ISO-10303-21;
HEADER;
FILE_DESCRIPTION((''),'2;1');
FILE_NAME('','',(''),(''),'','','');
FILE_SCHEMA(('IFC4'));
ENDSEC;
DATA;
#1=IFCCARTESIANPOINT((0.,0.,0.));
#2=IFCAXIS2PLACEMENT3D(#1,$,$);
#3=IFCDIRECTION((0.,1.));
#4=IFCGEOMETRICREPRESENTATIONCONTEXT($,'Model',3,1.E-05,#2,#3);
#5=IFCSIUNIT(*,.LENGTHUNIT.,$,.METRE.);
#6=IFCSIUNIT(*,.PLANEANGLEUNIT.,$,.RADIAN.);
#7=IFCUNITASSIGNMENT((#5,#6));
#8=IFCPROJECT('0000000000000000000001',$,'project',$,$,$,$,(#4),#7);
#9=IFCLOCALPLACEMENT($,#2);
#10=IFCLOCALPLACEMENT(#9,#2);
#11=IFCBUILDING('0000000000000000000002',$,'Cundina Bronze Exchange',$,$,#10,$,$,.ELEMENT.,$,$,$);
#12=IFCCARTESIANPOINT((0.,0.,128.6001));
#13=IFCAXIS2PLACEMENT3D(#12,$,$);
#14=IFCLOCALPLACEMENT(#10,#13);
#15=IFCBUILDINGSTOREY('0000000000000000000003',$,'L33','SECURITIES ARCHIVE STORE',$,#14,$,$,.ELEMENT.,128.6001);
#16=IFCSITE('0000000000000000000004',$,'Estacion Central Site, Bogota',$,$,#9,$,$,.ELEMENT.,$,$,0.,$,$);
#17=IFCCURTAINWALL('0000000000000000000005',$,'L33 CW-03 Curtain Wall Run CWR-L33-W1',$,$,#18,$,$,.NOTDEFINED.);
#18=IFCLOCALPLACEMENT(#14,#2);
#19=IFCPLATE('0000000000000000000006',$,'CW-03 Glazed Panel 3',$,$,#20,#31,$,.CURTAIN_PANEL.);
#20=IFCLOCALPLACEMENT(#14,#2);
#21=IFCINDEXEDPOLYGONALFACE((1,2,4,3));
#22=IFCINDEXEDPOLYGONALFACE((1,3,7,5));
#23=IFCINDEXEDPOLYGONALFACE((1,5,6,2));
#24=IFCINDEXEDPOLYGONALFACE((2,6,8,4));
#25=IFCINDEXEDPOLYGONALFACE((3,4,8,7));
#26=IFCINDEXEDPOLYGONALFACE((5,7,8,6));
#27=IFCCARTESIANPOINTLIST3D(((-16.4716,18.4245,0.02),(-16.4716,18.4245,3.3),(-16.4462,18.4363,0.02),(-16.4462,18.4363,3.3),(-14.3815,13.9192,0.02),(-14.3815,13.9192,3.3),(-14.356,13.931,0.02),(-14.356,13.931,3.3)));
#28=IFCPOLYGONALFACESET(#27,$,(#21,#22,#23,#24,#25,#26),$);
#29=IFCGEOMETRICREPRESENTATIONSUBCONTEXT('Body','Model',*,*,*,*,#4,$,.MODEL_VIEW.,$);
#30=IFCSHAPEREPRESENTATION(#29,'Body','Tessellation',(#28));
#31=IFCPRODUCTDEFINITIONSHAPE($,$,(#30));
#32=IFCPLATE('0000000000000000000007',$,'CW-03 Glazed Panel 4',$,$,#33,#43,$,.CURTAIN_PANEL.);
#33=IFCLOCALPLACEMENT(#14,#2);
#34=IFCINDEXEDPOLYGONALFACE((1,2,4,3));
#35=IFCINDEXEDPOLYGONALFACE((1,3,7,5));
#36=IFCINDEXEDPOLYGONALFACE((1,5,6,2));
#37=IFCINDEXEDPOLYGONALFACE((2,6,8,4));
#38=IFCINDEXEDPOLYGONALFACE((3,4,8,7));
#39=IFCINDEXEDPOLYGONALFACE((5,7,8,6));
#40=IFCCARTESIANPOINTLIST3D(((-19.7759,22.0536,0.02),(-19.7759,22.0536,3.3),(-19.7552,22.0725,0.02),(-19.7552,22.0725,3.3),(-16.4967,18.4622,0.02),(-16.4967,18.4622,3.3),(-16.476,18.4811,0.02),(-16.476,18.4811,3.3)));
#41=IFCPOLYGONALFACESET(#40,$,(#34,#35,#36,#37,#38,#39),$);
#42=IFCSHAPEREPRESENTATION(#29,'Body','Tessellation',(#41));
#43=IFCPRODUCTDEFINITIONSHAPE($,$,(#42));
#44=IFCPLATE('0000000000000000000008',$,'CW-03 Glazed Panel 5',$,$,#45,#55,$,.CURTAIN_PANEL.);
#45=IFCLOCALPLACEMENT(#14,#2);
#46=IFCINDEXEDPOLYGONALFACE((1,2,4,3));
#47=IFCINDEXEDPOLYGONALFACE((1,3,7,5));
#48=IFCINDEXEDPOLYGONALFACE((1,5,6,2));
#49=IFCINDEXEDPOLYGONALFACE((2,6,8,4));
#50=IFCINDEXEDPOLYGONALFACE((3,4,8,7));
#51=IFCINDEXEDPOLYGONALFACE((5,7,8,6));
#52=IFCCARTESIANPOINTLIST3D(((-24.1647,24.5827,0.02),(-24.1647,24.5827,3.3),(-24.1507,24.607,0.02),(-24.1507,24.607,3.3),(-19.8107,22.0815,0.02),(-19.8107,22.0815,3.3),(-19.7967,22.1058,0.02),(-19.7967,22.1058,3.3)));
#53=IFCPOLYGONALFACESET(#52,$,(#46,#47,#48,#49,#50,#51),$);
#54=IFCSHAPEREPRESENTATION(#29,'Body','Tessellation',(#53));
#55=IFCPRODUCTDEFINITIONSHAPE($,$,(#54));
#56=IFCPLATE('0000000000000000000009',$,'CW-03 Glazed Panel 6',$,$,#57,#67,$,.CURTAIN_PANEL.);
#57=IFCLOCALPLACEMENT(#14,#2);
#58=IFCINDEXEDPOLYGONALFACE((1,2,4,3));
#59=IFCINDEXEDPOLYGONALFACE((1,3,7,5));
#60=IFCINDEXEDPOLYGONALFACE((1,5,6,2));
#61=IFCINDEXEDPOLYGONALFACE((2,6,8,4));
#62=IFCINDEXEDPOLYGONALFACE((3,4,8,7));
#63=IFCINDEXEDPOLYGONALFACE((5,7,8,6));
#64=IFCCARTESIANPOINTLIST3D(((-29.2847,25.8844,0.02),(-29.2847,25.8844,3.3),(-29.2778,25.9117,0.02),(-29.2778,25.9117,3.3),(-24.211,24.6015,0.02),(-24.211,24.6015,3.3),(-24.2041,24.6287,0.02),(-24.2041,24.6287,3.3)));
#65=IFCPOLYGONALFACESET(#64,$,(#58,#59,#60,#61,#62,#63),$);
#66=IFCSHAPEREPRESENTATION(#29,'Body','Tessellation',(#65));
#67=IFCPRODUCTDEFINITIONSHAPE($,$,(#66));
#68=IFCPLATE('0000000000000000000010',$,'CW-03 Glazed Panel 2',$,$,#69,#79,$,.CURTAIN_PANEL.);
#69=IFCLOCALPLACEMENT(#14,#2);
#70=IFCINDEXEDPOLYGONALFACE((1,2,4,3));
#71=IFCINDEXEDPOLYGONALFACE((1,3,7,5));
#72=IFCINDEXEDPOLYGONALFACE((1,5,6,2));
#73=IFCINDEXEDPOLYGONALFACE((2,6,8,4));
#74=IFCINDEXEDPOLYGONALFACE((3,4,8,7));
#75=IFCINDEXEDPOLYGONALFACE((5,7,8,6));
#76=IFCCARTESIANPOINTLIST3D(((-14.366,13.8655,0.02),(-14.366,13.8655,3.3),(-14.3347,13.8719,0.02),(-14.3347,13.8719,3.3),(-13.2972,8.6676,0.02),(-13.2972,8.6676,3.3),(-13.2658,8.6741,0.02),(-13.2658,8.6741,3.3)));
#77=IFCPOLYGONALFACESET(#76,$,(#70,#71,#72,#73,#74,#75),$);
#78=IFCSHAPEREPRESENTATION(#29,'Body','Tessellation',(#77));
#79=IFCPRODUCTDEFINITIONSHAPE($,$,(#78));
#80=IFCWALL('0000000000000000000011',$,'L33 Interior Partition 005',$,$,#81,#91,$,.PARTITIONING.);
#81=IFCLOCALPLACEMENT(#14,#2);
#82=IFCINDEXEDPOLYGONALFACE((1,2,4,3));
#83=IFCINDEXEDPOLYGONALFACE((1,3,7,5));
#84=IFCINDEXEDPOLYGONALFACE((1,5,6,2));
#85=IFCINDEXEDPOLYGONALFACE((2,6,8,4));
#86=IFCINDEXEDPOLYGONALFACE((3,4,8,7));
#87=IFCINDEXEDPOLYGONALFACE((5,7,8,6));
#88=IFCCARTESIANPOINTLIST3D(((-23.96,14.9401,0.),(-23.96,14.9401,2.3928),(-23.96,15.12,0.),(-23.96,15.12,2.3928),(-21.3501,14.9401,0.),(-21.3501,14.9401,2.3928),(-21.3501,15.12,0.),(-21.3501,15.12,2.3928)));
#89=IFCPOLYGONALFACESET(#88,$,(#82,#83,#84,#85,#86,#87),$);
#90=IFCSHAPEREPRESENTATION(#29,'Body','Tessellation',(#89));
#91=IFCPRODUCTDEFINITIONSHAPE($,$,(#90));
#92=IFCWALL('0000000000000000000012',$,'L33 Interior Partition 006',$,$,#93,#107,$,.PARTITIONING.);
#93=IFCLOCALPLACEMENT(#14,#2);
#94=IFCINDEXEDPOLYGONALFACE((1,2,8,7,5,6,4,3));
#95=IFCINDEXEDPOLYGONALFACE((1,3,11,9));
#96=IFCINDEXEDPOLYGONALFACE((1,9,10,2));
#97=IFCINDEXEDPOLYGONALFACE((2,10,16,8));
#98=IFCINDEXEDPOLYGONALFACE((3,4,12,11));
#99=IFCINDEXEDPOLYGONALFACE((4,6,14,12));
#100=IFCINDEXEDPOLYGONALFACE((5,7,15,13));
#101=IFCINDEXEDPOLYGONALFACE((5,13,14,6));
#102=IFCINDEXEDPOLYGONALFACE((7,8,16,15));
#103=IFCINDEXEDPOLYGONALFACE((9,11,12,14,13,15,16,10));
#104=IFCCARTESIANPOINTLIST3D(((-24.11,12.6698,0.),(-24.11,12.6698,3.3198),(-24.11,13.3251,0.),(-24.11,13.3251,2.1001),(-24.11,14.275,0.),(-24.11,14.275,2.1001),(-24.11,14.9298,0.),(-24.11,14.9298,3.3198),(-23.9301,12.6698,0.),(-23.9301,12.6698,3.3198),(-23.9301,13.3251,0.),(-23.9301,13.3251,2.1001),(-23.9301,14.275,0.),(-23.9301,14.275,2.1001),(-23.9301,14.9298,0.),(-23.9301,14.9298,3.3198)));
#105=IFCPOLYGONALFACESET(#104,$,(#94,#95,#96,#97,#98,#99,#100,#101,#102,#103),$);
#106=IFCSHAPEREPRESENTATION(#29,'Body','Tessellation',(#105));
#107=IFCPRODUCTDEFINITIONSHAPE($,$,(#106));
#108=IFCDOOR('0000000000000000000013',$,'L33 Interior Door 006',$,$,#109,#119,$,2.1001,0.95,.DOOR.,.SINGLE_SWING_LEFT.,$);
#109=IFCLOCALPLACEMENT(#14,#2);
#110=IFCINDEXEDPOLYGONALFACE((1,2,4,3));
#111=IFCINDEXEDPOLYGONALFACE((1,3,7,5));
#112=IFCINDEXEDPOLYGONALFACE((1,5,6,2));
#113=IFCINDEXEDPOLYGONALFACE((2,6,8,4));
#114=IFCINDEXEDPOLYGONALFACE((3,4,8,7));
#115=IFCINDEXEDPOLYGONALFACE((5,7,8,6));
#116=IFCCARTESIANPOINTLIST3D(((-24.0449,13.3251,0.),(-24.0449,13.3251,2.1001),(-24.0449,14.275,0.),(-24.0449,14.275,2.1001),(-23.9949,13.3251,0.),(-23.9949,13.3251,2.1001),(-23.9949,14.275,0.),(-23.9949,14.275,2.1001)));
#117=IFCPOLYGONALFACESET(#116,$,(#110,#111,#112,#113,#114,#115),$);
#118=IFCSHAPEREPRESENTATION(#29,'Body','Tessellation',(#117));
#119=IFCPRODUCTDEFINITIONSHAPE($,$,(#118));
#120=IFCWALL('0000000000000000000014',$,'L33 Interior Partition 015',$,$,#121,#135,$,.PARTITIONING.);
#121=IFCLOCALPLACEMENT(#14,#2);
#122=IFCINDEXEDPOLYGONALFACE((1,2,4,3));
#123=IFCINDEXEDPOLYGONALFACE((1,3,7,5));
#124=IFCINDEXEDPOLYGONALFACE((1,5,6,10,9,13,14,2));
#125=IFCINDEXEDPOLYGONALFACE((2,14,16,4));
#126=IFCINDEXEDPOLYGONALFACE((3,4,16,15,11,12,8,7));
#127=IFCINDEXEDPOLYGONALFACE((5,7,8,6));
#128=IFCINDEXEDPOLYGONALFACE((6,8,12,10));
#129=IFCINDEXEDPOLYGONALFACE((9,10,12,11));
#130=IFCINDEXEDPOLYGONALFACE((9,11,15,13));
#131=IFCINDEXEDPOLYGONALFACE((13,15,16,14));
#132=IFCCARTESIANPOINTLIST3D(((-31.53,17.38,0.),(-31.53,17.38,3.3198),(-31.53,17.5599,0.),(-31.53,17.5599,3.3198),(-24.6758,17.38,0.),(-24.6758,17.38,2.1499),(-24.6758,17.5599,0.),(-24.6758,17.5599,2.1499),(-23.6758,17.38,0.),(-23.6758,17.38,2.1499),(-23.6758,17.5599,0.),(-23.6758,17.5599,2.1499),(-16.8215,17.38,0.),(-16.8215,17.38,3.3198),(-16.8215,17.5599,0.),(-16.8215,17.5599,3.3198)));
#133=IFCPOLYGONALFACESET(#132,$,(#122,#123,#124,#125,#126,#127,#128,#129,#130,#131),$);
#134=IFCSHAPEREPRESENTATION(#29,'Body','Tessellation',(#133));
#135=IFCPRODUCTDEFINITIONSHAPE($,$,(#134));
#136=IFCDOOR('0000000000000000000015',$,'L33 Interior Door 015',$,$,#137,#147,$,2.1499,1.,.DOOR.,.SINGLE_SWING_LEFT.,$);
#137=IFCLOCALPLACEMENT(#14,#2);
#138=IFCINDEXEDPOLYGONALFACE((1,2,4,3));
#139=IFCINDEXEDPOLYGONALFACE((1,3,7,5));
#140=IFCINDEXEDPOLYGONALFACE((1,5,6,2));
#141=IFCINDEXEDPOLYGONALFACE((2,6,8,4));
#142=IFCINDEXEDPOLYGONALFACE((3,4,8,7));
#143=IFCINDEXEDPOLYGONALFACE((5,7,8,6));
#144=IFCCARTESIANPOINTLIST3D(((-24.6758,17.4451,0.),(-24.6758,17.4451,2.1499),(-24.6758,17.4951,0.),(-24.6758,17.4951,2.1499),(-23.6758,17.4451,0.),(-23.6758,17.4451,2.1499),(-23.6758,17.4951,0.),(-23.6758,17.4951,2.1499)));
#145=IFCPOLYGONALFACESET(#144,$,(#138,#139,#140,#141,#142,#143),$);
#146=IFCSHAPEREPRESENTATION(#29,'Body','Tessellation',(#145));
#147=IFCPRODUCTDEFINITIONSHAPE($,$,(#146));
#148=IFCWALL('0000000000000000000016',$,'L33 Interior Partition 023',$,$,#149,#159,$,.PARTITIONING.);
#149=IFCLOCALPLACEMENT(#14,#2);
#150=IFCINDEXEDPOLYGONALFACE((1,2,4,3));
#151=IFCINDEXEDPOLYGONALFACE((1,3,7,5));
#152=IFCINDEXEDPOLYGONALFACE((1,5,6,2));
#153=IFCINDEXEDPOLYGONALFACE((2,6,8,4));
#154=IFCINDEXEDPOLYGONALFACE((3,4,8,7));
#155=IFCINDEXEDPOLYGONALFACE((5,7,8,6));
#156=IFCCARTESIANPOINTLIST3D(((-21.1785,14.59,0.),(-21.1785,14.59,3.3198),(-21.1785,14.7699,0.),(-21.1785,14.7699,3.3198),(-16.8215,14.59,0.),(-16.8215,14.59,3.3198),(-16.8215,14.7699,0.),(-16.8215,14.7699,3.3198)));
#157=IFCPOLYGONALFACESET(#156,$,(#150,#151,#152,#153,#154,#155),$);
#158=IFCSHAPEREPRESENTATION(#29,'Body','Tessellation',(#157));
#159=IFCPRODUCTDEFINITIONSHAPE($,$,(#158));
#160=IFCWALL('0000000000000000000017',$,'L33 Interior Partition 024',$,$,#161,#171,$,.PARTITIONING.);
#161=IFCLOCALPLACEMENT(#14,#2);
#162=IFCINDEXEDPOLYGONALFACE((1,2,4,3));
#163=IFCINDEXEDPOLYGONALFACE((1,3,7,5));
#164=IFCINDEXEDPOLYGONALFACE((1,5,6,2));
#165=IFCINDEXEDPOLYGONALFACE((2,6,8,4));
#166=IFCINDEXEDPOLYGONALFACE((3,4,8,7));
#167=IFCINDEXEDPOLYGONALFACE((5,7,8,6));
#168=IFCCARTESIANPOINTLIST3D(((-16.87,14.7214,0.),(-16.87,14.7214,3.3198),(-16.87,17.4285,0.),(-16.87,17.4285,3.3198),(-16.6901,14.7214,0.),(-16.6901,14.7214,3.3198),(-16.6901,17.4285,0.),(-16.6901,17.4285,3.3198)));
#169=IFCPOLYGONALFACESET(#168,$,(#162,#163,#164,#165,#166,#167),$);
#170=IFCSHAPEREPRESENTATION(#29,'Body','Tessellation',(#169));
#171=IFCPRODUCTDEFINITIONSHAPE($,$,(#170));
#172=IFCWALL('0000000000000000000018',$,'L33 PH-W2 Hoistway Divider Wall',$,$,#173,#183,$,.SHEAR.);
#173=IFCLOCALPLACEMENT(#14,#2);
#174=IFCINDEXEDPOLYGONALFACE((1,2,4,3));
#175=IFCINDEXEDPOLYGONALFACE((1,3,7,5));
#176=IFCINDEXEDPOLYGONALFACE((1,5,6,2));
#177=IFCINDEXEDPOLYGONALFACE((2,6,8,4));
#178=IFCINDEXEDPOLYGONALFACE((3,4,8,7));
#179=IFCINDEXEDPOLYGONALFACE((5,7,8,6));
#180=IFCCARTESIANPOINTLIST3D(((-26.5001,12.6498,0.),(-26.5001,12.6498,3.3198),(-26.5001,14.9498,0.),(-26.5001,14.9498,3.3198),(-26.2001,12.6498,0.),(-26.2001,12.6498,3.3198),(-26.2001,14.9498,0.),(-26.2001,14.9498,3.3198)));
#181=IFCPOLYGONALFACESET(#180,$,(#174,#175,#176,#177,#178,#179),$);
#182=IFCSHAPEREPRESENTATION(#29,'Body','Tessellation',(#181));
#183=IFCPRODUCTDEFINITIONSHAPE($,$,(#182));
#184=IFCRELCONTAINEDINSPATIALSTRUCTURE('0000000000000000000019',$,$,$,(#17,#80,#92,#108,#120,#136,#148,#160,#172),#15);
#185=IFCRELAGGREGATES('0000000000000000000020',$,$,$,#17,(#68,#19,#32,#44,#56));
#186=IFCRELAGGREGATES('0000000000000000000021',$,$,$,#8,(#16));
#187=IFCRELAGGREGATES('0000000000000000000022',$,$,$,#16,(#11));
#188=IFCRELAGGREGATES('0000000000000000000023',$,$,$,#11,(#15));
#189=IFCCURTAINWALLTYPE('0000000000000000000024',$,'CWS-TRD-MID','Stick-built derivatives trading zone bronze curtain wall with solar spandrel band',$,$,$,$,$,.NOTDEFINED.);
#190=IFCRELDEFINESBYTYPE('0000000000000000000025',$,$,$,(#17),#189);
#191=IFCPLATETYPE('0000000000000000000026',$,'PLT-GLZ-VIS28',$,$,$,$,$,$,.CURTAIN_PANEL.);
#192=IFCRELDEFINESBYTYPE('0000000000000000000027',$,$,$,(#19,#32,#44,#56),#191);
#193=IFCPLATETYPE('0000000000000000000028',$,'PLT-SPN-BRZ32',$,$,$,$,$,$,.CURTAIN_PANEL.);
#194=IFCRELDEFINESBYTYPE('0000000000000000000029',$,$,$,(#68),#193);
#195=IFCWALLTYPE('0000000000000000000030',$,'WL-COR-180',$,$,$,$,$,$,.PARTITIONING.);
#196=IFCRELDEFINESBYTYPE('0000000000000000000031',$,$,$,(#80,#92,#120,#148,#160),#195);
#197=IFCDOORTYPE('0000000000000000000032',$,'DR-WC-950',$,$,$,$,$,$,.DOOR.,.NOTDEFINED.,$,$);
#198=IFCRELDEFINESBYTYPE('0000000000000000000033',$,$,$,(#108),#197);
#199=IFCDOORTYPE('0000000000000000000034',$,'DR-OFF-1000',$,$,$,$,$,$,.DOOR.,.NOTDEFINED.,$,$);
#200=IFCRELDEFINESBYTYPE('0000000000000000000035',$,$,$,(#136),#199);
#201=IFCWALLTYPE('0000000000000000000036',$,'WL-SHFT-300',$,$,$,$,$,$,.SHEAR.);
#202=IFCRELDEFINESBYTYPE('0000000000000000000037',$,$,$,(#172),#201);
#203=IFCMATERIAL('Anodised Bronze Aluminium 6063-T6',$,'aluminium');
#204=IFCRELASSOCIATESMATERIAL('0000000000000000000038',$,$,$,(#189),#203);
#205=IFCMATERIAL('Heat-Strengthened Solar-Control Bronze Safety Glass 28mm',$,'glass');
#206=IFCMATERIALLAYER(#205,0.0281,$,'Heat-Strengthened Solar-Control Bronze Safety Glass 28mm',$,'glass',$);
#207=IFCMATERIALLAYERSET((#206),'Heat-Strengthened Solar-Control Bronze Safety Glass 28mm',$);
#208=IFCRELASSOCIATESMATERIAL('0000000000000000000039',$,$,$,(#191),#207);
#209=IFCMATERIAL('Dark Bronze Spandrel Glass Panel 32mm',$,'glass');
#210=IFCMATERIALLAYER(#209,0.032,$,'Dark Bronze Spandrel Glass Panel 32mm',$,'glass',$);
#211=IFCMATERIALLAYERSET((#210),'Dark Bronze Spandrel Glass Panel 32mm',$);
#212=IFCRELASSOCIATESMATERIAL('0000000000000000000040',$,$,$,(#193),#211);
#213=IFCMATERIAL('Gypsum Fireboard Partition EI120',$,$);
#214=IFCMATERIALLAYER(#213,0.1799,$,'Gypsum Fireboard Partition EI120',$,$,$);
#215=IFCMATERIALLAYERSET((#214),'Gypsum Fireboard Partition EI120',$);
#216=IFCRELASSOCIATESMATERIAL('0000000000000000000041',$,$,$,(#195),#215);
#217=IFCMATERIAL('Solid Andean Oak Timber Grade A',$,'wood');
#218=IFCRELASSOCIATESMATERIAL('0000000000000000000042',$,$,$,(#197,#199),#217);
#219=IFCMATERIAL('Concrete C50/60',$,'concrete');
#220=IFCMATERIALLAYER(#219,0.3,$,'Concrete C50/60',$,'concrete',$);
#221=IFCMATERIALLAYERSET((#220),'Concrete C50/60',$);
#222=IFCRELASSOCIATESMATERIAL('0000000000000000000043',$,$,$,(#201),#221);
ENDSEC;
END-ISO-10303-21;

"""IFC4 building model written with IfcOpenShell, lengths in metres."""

from ifc_helpers import new_model, si_unit, direction, frame, frame_2d, origin, origin_2d, place, context, subcontext, project, spatial, rectangle, extrude, material, layer, layer_set, type_object, element, fill, aggregate, save


model = new_model("IFC4")

# Units and contexts
model_context = context("Model", 3, precision=1e-05, world=origin(), true_north=direction((0.0, 1.0)))
body_context = subcontext(model_context, "Body", "Model", "MODEL_VIEW")
ifc_project = project(units=[si_unit("LENGTHUNIT", "METRE"), si_unit("PLANEANGLEUNIT", "RADIAN")], contexts=[model_context])

# Site, building, storey
site_placement = place(None, origin())
site = spatial("IfcSite", under=ifc_project, at=site_placement, Name="Estacion Central Site, Bogota", CompositionType="ELEMENT", RefElevation=0.0)
building_placement = place(site_placement, origin())
building = spatial("IfcBuilding", under=site, at=building_placement, Name="Cundina Bronze Exchange", CompositionType="ELEMENT")
storey_placement = place(building_placement, frame((0.0, 0.0, 128.6001)))
storey = spatial("IfcBuildingStorey", under=building, at=storey_placement, Name="L33", Description="SECURITIES ARCHIVE STORE", CompositionType="ELEMENT", Elevation=128.6001)

# Curtain wall, plates
ifc_material_1 = material(Name="Anodised Bronze Aluminium 6063-T6", Category="aluminium")
curtain_wall_type = type_object("IfcCurtainWallType", Name="CWS-TRD-MID", Description="Stick-built derivatives trading zone bronze curtain wall with solar spandrel band", PredefinedType="NOTDEFINED", material=ifc_material_1)
curtain_wall_placement = place(storey_placement, origin())
curtain_wall = element("IfcCurtainWall", 1, at=curtain_wall_placement, inside=storey, type_object=curtain_wall_type, Name="L33 CW-03 Curtain Wall Run CWR-L33-W1", PredefinedType="NOTDEFINED")
ifc_material_2 = material(Name="Heat-Strengthened Solar-Control Bronze Safety Glass 28mm", Category="glass")
ifc_layer_1 = layer(ifc_material_2, 0.0281, Name="Heat-Strengthened Solar-Control Bronze Safety Glass 28mm", Category="glass")
ifc_layer_set_1 = layer_set([ifc_layer_1], Name="Heat-Strengthened Solar-Control Bronze Safety Glass 28mm")
plate_type_1 = type_object("IfcPlateType", Name="PLT-GLZ-VIS28", PredefinedType="CURTAIN_PANEL", material=ifc_layer_set_1)
plate_1_placement = place(storey_placement, frame((-15.4138, 16.1777, 0.02), z_axis=(0.0, 0.0, 1.0), x_axis=(-0.420846, 0.907132, 0.0)))
plate_1 = element("IfcPlate", 2, at=plate_1_placement, type_object=plate_type_1, Name="CW-03 Glazed Panel 3", PredefinedType="CURTAIN_PANEL", context=body_context, shape_type="SweptSolid", body=[
    extrude(rectangle(XDim=4.9666, YDim=0.0281, at=origin_2d()), origin(), (0.0, 0.0, 1.0), 3.28),
])
plate_2_placement = place(storey_placement, frame((-18.126, 20.2673, 0.02), z_axis=(0.0, 0.0, 1.0), x_axis=(-0.674277, 0.738479, 0.0)))
plate_2 = element("IfcPlate", 3, at=plate_2_placement, type_object=plate_type_1, Name="CW-03 Glazed Panel 4", PredefinedType="CURTAIN_PANEL", context=body_context, shape_type="SweptSolid", body=[
    extrude(rectangle(XDim=4.8633, YDim=0.0281, at=origin_2d()), origin(), (0.0, 0.0, 1.0), 3.28),
])
plate_3_placement = place(storey_placement, frame((-21.9807, 23.3442, 0.02), z_axis=(0.0, 0.0, 1.0), x_axis=(-0.867105, 0.498125, 0.0)))
plate_3 = element("IfcPlate", 4, at=plate_3_placement, type_object=plate_type_1, Name="CW-03 Glazed Panel 5", PredefinedType="CURTAIN_PANEL", context=body_context, shape_type="SweptSolid", body=[
    extrude(rectangle(XDim=5.0212, YDim=0.0281, at=origin_2d()), origin(), (0.0, 0.0, 1.0), 3.28),
])
plate_4_placement = place(storey_placement, frame((-26.7444, 25.2566, 0.02), z_axis=(0.0, 0.0, 1.0), x_axis=(-0.969488, 0.245138, 0.0)))
plate_4 = element("IfcPlate", 5, at=plate_4_placement, type_object=plate_type_1, Name="CW-03 Glazed Panel 6", PredefinedType="CURTAIN_PANEL", context=body_context, shape_type="SweptSolid", body=[
    extrude(rectangle(XDim=5.2334, YDim=0.0281, at=origin_2d()), origin(), (0.0, 0.0, 1.0), 3.28),
])
ifc_material_3 = material(Name="Dark Bronze Spandrel Glass Panel 32mm", Category="glass")
ifc_layer_2 = layer(ifc_material_3, 0.032, Name="Dark Bronze Spandrel Glass Panel 32mm", Category="glass")
ifc_layer_set_2 = layer_set([ifc_layer_2], Name="Dark Bronze Spandrel Glass Panel 32mm")
plate_type_2 = type_object("IfcPlateType", Name="PLT-SPN-BRZ32", PredefinedType="CURTAIN_PANEL", material=ifc_layer_set_2)
plate_5_placement = place(storey_placement, frame((-13.8159, 11.2698, 0.02), z_axis=(0.0, 0.0, 1.0), x_axis=(-0.20142, 0.979505, 0.0)))
plate_5 = element("IfcPlate", 6, at=plate_5_placement, type_object=plate_type_2, Name="CW-03 Glazed Panel 2", PredefinedType="CURTAIN_PANEL", context=body_context, shape_type="SweptSolid", body=[
    extrude(rectangle(XDim=5.3066, YDim=0.032, at=origin_2d()), origin(), (0.0, 0.0, 1.0), 3.28),
])
aggregate(curtain_wall, [plate_5, plate_1, plate_2, plate_3, plate_4])

# Wall
ifc_material_4 = material(Name="Gypsum Fireboard Partition EI120")
ifc_layer_3 = layer(ifc_material_4, 0.1799, Name="Gypsum Fireboard Partition EI120")
ifc_layer_set_3 = layer_set([ifc_layer_3], Name="Gypsum Fireboard Partition EI120")
wall_type_1 = type_object("IfcWallType", Name="WL-COR-180", PredefinedType="PARTITIONING", material=ifc_layer_set_3)
wall_1_placement = place(storey_placement, frame((-23.96, 15.03, 0.0), z_axis=(0.0, 0.0, 1.0), x_axis=(1.0, 0.0, 0.0)))
element("IfcWall", 7, at=wall_1_placement, inside=storey, type_object=wall_type_1, Name="L33 Interior Partition 005", PredefinedType="PARTITIONING", context=body_context, shape_type="SweptSolid", body=[
    extrude(rectangle(XDim=2.6099, YDim=0.1799, at=frame_2d((1.3049, 0.0))), origin(), (0.0, 0.0, 1.0), 2.3928),
])

# Walls, openings, doors
wall_2_placement = place(storey_placement, frame((-24.02, 12.6699, 0.0), z_axis=(0.0, 0.0, 1.0), x_axis=(0.0, 1.0, 0.0)))
wall_2 = element("IfcWall", 8, at=wall_2_placement, inside=storey, type_object=wall_type_1, Name="L33 Interior Partition 006", PredefinedType="PARTITIONING", context=body_context, shape_type="SweptSolid", body=[
    extrude(rectangle(XDim=2.26, YDim=0.1799, at=frame_2d((1.1299, 0.0))), origin(), (0.0, 0.0, 1.0), 3.3198),
])
opening_1_placement = place(wall_2_placement, frame((0.655, 0.0, 0.0)))
opening_1 = element("IfcOpeningElement", 9, at=opening_1_placement, cuts=wall_2, PredefinedType="OPENING", context=body_context, shape_type="SweptSolid", body=[
    extrude(rectangle(XDim=0.95, YDim=2.1001, at=frame_2d((0.4751, 1.05))), frame((0.0, 0.0999, 0.0), z_axis=(0.0, -1.0, 0.0), x_axis=(1.0, 0.0, 0.0)), (0.0, 0.0, 1.0), 0.2),
])
ifc_material_5 = material(Name="Solid Andean Oak Timber Grade A", Category="wood")
door_type_1 = type_object("IfcDoorType", Name="DR-WC-950", OperationType="NOTDEFINED", PredefinedType="DOOR", material=ifc_material_5)
door_1_placement = place(opening_1_placement, origin())
door_1 = element("IfcDoor", 10, at=door_1_placement, inside=storey, type_object=door_type_1, Name="L33 Interior Door 006", OperationType="SINGLE_SWING_LEFT", OverallHeight=2.1001, OverallWidth=0.95, PredefinedType="DOOR", context=body_context, shape_type="SweptSolid", body=[
    extrude(rectangle(XDim=0.95, YDim=2.1001, at=frame_2d((0.4751, 1.05))), frame((0.0, 0.0249, 0.0), z_axis=(0.0, -1.0, 0.0), x_axis=(1.0, 0.0, 0.0)), (0.0, 0.0, 1.0), 0.05),
])
fill(opening_1, door_1)
wall_3_placement = place(storey_placement, frame((-16.8215, 17.47, 0.0), z_axis=(0.0, 0.0, 1.0), x_axis=(-1.0, 0.0, 0.0)))
wall_3 = element("IfcWall", 11, at=wall_3_placement, inside=storey, type_object=wall_type_1, Name="L33 Interior Partition 015", PredefinedType="PARTITIONING", context=body_context, shape_type="SweptSolid", body=[
    extrude(rectangle(XDim=14.7085, YDim=0.1799, at=frame_2d((7.3542, 0.0))), origin(), (0.0, 0.0, 1.0), 3.3198),
])
opening_2_placement = place(wall_3_placement, frame((6.8542, 0.0, 0.0)))
opening_2 = element("IfcOpeningElement", 12, at=opening_2_placement, cuts=wall_3, PredefinedType="OPENING", context=body_context, shape_type="SweptSolid", body=[
    extrude(rectangle(XDim=1.0, YDim=2.1499, at=frame_2d((0.5, 1.075))), frame((0.0, 0.0999, 0.0), z_axis=(0.0, -1.0, 0.0), x_axis=(1.0, 0.0, 0.0)), (0.0, 0.0, 1.0), 0.2),
])
door_type_2 = type_object("IfcDoorType", Name="DR-OFF-1000", OperationType="NOTDEFINED", PredefinedType="DOOR", material=ifc_material_5)
door_2_placement = place(opening_2_placement, origin())
door_2 = element("IfcDoor", 13, at=door_2_placement, inside=storey, type_object=door_type_2, Name="L33 Interior Door 015", OperationType="SINGLE_SWING_LEFT", OverallHeight=2.1499, OverallWidth=1.0, PredefinedType="DOOR", context=body_context, shape_type="SweptSolid", body=[
    extrude(rectangle(XDim=1.0, YDim=2.1499, at=frame_2d((0.5, 1.075))), frame((0.0, 0.0249, 0.0), z_axis=(0.0, -1.0, 0.0), x_axis=(1.0, 0.0, 0.0)), (0.0, 0.0, 1.0), 0.05),
])
fill(opening_2, door_2)

# Walls
wall_4_placement = place(storey_placement, frame((-21.1785, 14.6799, 0.0), z_axis=(0.0, 0.0, 1.0), x_axis=(1.0, 0.0, 0.0)))
element("IfcWall", 14, at=wall_4_placement, inside=storey, type_object=wall_type_1, Name="L33 Interior Partition 023", PredefinedType="PARTITIONING", context=body_context, shape_type="SweptSolid", body=[
    extrude(rectangle(XDim=4.3569, YDim=0.1799, at=frame_2d((2.1785, 0.0))), origin(), (0.0, 0.0, 1.0), 3.3198),
])
wall_5_placement = place(storey_placement, frame((-16.78, 14.7214, 0.0), z_axis=(0.0, 0.0, 1.0), x_axis=(0.0, 1.0, 0.0)))
element("IfcWall", 15, at=wall_5_placement, inside=storey, type_object=wall_type_1, Name="L33 Interior Partition 024", PredefinedType="PARTITIONING", context=body_context, shape_type="SweptSolid", body=[
    extrude(rectangle(XDim=2.707, YDim=0.1799, at=frame_2d((1.3535, 0.0))), origin(), (0.0, 0.0, 1.0), 3.3198),
])

# Shared definitions
ifc_material_6 = material(Name="Concrete C50/60", Category="concrete")
ifc_layer_4 = layer(ifc_material_6, 0.3, Name="Concrete C50/60", Category="concrete")
ifc_layer_set_4 = layer_set([ifc_layer_4], Name="Concrete C50/60")
wall_type_2 = type_object("IfcWallType", Name="WL-SHFT-300", PredefinedType="SHEAR", material=ifc_layer_set_4)

# Wall
wall_6_placement = place(storey_placement, frame((-26.3501, 12.6499, 0.0), z_axis=(0.0, 0.0, 1.0), x_axis=(0.0, 1.0, 0.0)))
element("IfcWall", 16, at=wall_6_placement, inside=storey, type_object=wall_type_2, Name="L33 PH-W2 Hoistway Divider Wall", PredefinedType="SHEAR", context=body_context, shape_type="SweptSolid", body=[
    extrude(rectangle(XDim=2.3, YDim=0.3, at=frame_2d((1.1499, 0.0))), origin(), (0.0, 0.0, 1.0), 3.3198),
])

save(model, "model.ifc")
